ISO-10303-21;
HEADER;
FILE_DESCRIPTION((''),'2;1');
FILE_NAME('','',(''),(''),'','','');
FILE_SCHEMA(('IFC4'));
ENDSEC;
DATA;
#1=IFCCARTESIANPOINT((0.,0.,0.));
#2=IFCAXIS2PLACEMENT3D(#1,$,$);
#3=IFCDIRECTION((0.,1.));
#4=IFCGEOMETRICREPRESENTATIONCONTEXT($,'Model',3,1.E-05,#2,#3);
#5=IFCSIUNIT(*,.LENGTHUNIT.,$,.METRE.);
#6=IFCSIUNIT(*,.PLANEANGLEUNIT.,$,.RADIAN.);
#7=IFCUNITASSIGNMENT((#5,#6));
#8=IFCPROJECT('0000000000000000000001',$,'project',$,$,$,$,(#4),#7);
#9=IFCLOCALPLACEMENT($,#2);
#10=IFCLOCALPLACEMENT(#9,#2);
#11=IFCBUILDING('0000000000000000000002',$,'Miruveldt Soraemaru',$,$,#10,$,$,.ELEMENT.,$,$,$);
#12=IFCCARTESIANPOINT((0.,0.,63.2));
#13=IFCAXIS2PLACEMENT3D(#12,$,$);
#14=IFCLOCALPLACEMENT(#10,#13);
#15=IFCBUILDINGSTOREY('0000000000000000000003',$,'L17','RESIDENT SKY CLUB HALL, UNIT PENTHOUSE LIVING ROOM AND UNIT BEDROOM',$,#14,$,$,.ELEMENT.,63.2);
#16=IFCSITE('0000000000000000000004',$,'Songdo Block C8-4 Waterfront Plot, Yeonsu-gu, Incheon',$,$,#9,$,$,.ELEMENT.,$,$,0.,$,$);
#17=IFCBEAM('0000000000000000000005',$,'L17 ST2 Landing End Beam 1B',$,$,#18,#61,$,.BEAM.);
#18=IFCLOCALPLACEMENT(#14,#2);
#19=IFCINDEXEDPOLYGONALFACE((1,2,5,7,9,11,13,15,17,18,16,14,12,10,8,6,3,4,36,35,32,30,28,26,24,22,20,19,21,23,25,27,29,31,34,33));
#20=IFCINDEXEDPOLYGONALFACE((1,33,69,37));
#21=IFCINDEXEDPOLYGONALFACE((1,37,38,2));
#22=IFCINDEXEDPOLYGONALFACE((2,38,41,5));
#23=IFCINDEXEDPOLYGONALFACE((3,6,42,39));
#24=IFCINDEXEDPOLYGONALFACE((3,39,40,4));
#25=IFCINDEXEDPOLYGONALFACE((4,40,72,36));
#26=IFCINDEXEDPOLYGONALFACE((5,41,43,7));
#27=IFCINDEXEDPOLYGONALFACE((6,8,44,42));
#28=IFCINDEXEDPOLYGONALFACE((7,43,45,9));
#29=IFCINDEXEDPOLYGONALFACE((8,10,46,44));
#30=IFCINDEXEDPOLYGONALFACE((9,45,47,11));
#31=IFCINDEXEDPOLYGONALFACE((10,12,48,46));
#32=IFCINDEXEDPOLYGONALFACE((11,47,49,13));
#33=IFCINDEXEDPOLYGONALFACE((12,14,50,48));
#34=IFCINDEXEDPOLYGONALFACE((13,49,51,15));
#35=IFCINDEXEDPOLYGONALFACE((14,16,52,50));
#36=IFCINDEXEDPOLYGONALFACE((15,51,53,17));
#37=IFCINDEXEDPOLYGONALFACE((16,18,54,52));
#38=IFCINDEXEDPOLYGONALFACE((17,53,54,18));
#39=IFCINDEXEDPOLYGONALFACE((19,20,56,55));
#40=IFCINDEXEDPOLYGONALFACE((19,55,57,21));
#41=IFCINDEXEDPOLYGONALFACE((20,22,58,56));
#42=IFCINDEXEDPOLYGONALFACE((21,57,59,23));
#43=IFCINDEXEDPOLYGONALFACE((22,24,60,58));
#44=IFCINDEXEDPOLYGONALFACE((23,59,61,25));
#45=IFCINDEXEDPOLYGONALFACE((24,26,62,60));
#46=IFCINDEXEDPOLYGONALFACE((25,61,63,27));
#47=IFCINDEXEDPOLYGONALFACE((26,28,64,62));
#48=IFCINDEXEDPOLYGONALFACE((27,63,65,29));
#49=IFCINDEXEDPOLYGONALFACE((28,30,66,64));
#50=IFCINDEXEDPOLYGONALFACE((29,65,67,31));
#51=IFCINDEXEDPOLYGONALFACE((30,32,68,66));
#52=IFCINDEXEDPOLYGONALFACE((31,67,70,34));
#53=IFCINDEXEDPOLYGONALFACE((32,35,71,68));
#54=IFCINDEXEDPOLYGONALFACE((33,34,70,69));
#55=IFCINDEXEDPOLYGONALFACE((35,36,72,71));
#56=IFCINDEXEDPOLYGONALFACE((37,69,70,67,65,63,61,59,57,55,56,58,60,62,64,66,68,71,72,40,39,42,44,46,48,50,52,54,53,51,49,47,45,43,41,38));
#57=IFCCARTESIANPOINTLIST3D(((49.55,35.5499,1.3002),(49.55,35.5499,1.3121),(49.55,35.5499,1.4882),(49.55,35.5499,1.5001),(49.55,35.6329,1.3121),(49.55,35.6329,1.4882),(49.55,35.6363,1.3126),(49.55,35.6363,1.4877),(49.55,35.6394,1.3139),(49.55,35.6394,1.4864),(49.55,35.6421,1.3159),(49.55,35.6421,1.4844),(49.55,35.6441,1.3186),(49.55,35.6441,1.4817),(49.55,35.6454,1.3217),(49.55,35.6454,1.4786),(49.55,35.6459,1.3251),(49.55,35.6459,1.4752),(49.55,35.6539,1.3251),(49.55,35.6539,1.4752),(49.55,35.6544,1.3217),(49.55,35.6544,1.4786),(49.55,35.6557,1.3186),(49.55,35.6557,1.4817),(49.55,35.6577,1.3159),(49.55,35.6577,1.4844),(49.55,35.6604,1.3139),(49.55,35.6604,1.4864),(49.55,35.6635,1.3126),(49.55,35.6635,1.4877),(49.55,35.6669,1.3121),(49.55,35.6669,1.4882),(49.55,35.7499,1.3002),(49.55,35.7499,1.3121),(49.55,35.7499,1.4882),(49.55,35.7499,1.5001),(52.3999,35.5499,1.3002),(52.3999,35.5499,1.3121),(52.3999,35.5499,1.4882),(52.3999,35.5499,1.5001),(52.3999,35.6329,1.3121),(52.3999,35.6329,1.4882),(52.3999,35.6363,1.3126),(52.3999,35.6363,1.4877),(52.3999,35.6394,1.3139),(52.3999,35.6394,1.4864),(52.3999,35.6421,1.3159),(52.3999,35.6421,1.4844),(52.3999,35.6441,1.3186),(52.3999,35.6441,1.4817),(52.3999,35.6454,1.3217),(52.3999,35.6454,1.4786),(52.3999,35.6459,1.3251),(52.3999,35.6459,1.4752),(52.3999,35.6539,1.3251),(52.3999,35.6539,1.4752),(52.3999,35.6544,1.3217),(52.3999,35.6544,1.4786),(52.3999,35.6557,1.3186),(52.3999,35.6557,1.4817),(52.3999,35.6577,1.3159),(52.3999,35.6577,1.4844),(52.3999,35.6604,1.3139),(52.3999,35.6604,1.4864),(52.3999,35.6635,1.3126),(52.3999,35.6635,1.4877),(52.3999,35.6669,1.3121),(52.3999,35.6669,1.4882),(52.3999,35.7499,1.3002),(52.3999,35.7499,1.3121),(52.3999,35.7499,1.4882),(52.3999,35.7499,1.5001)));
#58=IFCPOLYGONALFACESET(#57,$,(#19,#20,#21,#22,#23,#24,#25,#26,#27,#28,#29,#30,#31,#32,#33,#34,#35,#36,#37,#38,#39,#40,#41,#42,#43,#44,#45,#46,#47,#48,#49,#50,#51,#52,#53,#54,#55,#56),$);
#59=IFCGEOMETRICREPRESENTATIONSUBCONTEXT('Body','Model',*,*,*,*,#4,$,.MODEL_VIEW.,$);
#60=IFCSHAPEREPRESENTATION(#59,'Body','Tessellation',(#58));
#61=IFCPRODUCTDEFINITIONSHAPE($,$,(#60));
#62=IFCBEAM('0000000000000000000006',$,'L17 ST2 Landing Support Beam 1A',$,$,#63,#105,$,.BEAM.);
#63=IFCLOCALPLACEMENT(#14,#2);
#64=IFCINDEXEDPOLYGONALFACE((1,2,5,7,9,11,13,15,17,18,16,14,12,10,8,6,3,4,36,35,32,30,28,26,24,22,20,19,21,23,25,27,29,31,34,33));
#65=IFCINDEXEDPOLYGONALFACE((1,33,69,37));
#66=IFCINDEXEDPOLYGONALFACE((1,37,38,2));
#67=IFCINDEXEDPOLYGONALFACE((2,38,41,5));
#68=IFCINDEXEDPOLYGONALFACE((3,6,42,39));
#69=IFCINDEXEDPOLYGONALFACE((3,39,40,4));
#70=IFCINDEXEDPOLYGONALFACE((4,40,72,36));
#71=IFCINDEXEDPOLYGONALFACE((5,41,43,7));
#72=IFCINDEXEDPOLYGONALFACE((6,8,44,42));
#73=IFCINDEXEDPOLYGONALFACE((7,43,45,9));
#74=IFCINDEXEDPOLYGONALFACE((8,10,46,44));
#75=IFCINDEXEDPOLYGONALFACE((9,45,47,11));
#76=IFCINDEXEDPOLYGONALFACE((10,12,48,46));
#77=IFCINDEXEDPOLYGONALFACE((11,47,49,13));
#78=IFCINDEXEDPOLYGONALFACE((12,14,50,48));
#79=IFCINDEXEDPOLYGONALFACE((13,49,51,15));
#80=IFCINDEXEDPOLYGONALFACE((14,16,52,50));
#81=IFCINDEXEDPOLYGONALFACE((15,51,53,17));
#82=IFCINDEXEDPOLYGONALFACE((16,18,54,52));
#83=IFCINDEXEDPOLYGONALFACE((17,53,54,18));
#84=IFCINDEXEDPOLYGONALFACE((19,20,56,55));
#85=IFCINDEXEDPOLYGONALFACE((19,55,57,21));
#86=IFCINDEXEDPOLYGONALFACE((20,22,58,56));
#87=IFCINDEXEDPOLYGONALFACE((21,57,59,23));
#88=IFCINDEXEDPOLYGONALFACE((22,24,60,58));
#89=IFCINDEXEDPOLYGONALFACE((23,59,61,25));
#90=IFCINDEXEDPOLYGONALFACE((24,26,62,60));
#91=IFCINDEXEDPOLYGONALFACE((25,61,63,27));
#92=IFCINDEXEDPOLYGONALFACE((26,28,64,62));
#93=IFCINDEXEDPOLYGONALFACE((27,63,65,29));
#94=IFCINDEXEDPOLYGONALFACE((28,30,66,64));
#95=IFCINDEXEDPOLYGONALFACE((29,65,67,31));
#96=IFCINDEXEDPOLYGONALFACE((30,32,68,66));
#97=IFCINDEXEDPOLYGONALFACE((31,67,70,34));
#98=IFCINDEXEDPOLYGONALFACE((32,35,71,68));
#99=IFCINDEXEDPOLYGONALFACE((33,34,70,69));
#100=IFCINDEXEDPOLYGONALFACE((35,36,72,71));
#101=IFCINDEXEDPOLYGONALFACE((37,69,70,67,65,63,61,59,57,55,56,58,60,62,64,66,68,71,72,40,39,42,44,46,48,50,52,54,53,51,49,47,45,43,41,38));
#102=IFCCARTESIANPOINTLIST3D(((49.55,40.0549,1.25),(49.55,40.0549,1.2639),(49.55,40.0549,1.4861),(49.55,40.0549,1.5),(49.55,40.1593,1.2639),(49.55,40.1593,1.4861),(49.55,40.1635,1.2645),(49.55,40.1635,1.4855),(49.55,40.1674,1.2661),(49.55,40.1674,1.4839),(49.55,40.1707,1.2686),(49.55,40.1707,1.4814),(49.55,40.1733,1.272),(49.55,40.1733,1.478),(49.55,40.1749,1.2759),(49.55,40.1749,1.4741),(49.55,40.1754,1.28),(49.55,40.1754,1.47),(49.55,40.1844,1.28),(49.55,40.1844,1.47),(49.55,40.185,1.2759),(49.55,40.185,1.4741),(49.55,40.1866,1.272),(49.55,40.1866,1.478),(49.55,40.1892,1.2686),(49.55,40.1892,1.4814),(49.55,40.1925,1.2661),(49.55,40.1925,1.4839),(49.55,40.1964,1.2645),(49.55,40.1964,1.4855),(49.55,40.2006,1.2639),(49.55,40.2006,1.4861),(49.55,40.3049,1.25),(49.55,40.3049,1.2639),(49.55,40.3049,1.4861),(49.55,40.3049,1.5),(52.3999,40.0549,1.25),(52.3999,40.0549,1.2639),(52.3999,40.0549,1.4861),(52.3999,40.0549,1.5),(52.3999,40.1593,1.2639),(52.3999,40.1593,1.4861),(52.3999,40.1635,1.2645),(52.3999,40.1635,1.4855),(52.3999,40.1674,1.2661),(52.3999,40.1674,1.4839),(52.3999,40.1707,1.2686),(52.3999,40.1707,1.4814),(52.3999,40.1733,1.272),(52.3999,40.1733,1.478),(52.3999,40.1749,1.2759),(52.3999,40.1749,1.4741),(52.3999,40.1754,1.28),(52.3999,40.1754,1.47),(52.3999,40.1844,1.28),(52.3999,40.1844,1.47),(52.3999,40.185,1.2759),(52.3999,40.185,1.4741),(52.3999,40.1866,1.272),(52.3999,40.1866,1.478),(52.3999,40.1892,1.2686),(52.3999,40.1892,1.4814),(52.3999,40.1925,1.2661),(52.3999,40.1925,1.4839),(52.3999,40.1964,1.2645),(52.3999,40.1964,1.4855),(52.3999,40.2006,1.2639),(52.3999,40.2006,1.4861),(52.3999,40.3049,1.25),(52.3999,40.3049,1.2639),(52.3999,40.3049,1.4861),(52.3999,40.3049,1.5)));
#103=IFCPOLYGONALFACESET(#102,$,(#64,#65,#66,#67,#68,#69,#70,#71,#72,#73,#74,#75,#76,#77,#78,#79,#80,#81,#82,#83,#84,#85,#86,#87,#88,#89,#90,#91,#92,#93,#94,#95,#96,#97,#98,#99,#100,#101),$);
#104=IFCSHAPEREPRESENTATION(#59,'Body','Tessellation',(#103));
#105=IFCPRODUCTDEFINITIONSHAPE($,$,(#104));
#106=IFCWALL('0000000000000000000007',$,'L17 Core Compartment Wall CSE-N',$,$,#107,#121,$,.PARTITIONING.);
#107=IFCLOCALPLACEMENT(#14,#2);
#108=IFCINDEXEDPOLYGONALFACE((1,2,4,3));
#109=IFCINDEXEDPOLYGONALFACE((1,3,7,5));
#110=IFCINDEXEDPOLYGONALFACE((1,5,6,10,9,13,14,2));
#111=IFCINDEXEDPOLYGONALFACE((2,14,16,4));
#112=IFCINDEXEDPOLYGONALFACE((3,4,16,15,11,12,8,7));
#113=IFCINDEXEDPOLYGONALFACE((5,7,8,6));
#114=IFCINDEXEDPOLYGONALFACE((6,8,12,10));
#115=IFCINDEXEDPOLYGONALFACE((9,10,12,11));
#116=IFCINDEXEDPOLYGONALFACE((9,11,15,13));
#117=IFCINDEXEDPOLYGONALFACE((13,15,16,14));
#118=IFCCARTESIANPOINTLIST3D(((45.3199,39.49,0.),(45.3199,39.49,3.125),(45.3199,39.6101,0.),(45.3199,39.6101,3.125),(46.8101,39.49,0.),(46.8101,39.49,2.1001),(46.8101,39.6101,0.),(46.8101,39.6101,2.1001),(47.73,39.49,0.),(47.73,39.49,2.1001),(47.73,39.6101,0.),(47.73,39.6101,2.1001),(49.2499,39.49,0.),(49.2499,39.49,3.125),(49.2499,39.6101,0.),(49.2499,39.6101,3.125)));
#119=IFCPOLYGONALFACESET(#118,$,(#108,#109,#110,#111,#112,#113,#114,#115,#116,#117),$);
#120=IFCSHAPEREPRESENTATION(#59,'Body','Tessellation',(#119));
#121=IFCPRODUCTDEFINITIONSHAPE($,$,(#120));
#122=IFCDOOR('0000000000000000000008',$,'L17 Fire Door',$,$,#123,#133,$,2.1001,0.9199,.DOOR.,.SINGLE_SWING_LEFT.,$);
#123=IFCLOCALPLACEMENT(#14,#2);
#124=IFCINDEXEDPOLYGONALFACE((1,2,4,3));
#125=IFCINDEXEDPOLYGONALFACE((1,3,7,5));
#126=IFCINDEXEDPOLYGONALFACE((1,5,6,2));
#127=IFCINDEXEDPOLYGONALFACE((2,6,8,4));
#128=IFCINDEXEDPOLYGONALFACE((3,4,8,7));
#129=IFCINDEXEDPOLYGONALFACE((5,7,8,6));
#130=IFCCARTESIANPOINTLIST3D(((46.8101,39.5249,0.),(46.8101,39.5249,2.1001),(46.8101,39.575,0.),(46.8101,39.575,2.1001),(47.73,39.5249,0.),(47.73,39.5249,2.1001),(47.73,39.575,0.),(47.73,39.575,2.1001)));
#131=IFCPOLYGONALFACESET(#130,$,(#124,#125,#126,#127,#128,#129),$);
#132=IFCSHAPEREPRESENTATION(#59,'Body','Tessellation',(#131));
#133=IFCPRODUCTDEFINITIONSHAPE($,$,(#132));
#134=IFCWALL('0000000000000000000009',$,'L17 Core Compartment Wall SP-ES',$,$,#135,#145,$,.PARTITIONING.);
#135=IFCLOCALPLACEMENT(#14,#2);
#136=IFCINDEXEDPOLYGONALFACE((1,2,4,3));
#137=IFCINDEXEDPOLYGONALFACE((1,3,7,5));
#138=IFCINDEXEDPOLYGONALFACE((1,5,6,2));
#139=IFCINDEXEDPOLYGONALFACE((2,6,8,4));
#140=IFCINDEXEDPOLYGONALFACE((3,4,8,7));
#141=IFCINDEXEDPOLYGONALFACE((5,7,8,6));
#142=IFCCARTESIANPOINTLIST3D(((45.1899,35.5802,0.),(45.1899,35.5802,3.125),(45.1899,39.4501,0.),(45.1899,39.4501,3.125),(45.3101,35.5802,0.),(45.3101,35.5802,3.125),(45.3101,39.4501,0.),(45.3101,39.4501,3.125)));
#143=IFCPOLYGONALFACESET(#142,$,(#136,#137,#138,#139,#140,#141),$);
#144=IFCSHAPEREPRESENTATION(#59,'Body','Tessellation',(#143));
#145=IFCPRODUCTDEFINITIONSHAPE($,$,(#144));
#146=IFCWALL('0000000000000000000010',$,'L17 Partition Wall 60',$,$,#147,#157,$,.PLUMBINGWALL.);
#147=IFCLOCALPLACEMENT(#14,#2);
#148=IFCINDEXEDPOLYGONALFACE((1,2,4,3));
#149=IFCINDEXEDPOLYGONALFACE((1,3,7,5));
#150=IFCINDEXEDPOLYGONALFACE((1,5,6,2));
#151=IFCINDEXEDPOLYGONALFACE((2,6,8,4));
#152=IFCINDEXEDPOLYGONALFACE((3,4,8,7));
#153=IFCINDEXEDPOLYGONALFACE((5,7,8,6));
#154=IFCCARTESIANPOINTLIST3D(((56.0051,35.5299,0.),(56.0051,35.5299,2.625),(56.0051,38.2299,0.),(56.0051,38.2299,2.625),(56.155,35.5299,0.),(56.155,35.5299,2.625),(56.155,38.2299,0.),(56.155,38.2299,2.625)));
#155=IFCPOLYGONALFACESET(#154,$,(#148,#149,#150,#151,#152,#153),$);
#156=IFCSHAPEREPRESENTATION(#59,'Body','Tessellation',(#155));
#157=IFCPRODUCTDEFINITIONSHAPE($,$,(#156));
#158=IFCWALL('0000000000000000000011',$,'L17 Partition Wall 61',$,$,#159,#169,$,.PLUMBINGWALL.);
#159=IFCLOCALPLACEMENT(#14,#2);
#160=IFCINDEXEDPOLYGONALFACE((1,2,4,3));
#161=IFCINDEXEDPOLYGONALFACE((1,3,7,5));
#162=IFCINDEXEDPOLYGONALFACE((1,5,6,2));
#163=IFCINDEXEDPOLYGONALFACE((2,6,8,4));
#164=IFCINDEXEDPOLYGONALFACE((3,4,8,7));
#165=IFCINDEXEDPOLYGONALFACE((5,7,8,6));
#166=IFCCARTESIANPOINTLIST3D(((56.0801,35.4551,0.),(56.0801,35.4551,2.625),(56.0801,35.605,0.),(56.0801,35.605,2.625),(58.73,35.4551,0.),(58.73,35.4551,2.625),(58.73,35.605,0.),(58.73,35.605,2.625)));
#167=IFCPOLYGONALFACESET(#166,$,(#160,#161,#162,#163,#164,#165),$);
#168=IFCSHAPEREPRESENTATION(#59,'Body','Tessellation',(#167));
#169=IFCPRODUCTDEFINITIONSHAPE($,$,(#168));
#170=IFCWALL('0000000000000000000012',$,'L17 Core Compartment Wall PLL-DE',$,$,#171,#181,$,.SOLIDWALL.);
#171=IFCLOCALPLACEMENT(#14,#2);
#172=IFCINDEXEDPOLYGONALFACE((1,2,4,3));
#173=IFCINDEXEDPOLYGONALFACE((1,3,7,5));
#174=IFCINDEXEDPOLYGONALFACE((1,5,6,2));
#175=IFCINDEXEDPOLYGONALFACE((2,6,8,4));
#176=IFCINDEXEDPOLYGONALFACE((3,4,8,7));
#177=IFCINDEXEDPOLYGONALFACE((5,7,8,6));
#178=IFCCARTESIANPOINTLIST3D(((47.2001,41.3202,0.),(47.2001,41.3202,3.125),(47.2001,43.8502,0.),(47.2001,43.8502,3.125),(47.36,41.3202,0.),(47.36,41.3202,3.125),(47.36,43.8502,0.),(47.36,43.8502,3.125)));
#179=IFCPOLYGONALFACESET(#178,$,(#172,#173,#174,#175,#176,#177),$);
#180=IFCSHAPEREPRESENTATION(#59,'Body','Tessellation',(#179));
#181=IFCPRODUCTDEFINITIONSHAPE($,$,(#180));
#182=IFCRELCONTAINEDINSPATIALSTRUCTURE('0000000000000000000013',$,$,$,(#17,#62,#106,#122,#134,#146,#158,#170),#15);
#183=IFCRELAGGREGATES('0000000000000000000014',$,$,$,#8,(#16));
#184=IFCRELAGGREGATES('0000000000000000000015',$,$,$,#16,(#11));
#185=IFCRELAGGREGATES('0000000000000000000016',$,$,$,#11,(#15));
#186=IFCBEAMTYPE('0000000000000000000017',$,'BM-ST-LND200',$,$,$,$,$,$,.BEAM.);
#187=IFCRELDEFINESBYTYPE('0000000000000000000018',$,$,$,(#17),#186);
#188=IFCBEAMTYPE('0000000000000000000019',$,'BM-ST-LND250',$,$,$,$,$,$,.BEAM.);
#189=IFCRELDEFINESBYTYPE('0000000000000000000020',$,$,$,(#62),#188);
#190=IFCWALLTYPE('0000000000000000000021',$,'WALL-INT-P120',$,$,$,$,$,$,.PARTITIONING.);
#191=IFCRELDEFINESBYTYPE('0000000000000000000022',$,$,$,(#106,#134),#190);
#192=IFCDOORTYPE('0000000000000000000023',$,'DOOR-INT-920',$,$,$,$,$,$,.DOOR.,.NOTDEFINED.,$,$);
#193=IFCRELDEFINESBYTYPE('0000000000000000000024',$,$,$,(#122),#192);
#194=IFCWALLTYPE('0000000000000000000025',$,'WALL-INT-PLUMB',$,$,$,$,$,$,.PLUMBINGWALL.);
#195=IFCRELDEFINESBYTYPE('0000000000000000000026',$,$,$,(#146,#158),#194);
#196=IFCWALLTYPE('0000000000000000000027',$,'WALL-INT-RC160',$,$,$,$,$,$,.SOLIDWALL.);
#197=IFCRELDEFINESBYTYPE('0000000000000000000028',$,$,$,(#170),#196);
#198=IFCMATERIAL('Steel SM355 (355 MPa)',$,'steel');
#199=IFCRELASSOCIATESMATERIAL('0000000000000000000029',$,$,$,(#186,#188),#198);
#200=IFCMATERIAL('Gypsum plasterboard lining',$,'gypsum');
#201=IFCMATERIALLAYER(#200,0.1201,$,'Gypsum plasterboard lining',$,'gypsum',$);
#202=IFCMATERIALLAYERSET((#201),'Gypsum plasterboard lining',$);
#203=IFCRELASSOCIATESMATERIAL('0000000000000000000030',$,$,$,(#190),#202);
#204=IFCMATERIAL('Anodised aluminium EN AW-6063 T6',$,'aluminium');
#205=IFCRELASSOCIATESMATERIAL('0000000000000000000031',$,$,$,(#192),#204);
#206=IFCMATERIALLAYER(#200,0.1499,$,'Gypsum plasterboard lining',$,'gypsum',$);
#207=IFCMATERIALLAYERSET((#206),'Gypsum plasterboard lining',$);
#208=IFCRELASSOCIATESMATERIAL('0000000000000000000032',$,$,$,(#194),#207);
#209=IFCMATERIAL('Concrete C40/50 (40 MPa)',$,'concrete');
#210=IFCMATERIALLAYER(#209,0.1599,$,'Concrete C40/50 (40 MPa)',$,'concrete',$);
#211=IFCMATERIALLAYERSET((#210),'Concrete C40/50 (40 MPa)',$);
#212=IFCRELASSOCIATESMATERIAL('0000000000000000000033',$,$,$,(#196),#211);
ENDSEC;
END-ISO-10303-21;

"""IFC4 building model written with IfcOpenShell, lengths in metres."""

from ifc_helpers import new_model, si_unit, direction, frame, frame_2d, origin, origin_2d, place, context, subcontext, project, spatial, rectangle, i_section, extrude, material, layer, layer_set, material_profile, profile_set, type_object, element, fill, save


model = new_model("IFC4")

# Units and contexts
model_context = context("Model", 3, precision=1e-05, world=origin(), true_north=direction((0.0, 1.0)))
body_context = subcontext(model_context, "Body", "Model", "MODEL_VIEW")
ifc_project = project(units=[si_unit("LENGTHUNIT", "METRE"), si_unit("PLANEANGLEUNIT", "RADIAN")], contexts=[model_context])

# Site, building, storey
site_placement = place(None, origin())
site = spatial("IfcSite", under=ifc_project, at=site_placement, Name="Songdo Block C8-4 Waterfront Plot, Yeonsu-gu, Incheon", CompositionType="ELEMENT", RefElevation=0.0)
building_placement = place(site_placement, origin())
building = spatial("IfcBuilding", under=site, at=building_placement, Name="Miruveldt Soraemaru", CompositionType="ELEMENT")
storey_placement = place(building_placement, frame((0.0, 0.0, 63.2)))
storey = spatial("IfcBuildingStorey", under=building, at=storey_placement, Name="L17", Description="RESIDENT SKY CLUB HALL, UNIT PENTHOUSE LIVING ROOM AND UNIT BEDROOM", CompositionType="ELEMENT", Elevation=63.2)

# Beams
ifc_material_1 = material(Name="Steel SM355 (355 MPa)", Category="steel")
ifc_material_profile_1 = material_profile(ifc_material_1, i_section(OverallWidth=0.2, OverallDepth=0.2, WebThickness=0.0081, FlangeThickness=0.012, FilletRadius=0.0129, at=origin_2d()), Name="Steel SM355 (355 MPa)", Category="steel")
ifc_profile_set_1 = profile_set([ifc_material_profile_1], Name="Steel SM355 (355 MPa)")
beam_type_1 = type_object("IfcBeamType", Name="BM-ST-LND200", PredefinedType="BEAM", material=ifc_profile_set_1)
beam_1_placement = place(storey_placement, frame((49.55, 35.6499, 1.4001), z_axis=(1.0, 0.0, 0.0), x_axis=(0.0, 1.0, 0.0)))
element("IfcBeam", 1, at=beam_1_placement, inside=storey, type_object=beam_type_1, Name="L17 ST2 Landing End Beam 1B", PredefinedType="BEAM", context=body_context, shape_type="SweptSolid", body=[
    extrude(i_section(OverallWidth=0.2, OverallDepth=0.2, WebThickness=0.0081, FlangeThickness=0.012, FilletRadius=0.0129, at=origin_2d()), origin(), (0.0, 0.0, 1.0), 2.8499),
])
ifc_material_profile_2 = material_profile(ifc_material_1, i_section(OverallWidth=0.25, OverallDepth=0.25, WebThickness=0.009, FlangeThickness=0.0139, FilletRadius=0.0161, at=origin_2d()), Name="Steel SM355 (355 MPa)", Category="steel")
ifc_profile_set_2 = profile_set([ifc_material_profile_2], Name="Steel SM355 (355 MPa)")
beam_type_2 = type_object("IfcBeamType", Name="BM-ST-LND250", PredefinedType="BEAM", material=ifc_profile_set_2)
beam_2_placement = place(storey_placement, frame((49.55, 40.1799, 1.375), z_axis=(1.0, 0.0, 0.0), x_axis=(0.0, 1.0, 0.0)))
element("IfcBeam", 2, at=beam_2_placement, inside=storey, type_object=beam_type_2, Name="L17 ST2 Landing Support Beam 1A", PredefinedType="BEAM", context=body_context, shape_type="SweptSolid", body=[
    extrude(i_section(OverallWidth=0.25, OverallDepth=0.25, WebThickness=0.009, FlangeThickness=0.0139, FilletRadius=0.0161, at=origin_2d()), origin(), (0.0, 0.0, 1.0), 2.8499),
])

# Wall, opening, door
ifc_material_2 = material(Name="Gypsum plasterboard lining", Category="gypsum")
ifc_layer_1 = layer(ifc_material_2, 0.1201, Name="Gypsum plasterboard lining", Category="gypsum")
ifc_layer_set_1 = layer_set([ifc_layer_1], Name="Gypsum plasterboard lining")
wall_type_1 = type_object("IfcWallType", Name="WALL-INT-P120", PredefinedType="PARTITIONING", material=ifc_layer_set_1)
wall_1_placement = place(storey_placement, frame((45.3201, 39.55, 0.0), z_axis=(0.0, 0.0, 1.0), x_axis=(1.0, 0.0, 0.0)))
wall_1 = element("IfcWall", 3, at=wall_1_placement, inside=storey, type_object=wall_type_1, Name="L17 Core Compartment Wall CSE-N", PredefinedType="PARTITIONING", context=body_context, shape_type="SweptSolid", body=[
    extrude(rectangle(XDim=3.9299, YDim=0.1201, at=frame_2d((1.9648, 0.0))), origin(), (0.0, 0.0, 1.0), 3.125),
])
opening_1_placement = place(wall_1_placement, frame((1.49, 0.0, 0.0)))
opening_1 = element("IfcOpeningElement", 4, at=opening_1_placement, cuts=wall_1, PredefinedType="OPENING", context=body_context, shape_type="SweptSolid", body=[
    extrude(rectangle(XDim=0.9199, YDim=2.1001, at=frame_2d((0.46, 1.05))), frame((0.0, 0.0701, 0.0), z_axis=(0.0, -1.0, 0.0), x_axis=(1.0, 0.0, 0.0)), (0.0, 0.0, 1.0), 0.1401),
])
ifc_material_3 = material(Name="Anodised aluminium EN AW-6063 T6", Category="aluminium")
door_type_1 = type_object("IfcDoorType", Name="DOOR-INT-920", OperationType="NOTDEFINED", PredefinedType="DOOR", material=ifc_material_3)
door_1_placement = place(opening_1_placement, origin())
door_1 = element("IfcDoor", 5, at=door_1_placement, inside=storey, type_object=door_type_1, Name="L17 Fire Door", OperationType="SINGLE_SWING_LEFT", OverallHeight=2.1001, OverallWidth=0.9199, PredefinedType="DOOR", context=body_context, shape_type="SweptSolid", body=[
    extrude(rectangle(XDim=0.9199, YDim=2.1001, at=frame_2d((0.46, 1.05))), frame((0.0, 0.0249, 0.0), z_axis=(0.0, -1.0, 0.0), x_axis=(1.0, 0.0, 0.0)), (0.0, 0.0, 1.0), 0.05),
])
fill(opening_1, door_1)

# Walls
wall_2_placement = place(storey_placement, frame((45.25, 35.5801, 0.0), z_axis=(0.0, 0.0, 1.0), x_axis=(0.0, 1.0, 0.0)))
element("IfcWall", 6, at=wall_2_placement, inside=storey, type_object=wall_type_1, Name="L17 Core Compartment Wall SP-ES", PredefinedType="PARTITIONING", context=body_context, shape_type="SweptSolid", body=[
    extrude(rectangle(XDim=3.8699, YDim=0.1201, at=frame_2d((1.9351, 0.0))), origin(), (0.0, 0.0, 1.0), 3.125),
])
ifc_layer_2 = layer(ifc_material_2, 0.1499, Name="Gypsum plasterboard lining", Category="gypsum")
ifc_layer_set_2 = layer_set([ifc_layer_2], Name="Gypsum plasterboard lining")
wall_type_2 = type_object("IfcWallType", Name="WALL-INT-PLUMB", PredefinedType="PLUMBINGWALL", material=ifc_layer_set_2)
wall_3_placement = place(storey_placement, frame((56.0801, 38.23, 0.0), z_axis=(0.0, 0.0, 1.0), x_axis=(0.0, -1.0, 0.0)))
element("IfcWall", 7, at=wall_3_placement, inside=storey, type_object=wall_type_2, Name="L17 Partition Wall 60", PredefinedType="PLUMBINGWALL", context=body_context, shape_type="SweptSolid", body=[
    extrude(rectangle(XDim=2.7, YDim=0.1499, at=frame_2d((1.3501, 0.0))), origin(), (0.0, 0.0, 1.0), 2.625),
])
wall_4_placement = place(storey_placement, frame((56.0801, 35.53, 0.0), z_axis=(0.0, 0.0, 1.0), x_axis=(1.0, 0.0, 0.0)))
element("IfcWall", 8, at=wall_4_placement, inside=storey, type_object=wall_type_2, Name="L17 Partition Wall 61", PredefinedType="PLUMBINGWALL", context=body_context, shape_type="SweptSolid", body=[
    extrude(rectangle(XDim=2.6499, YDim=0.1499, at=frame_2d((1.325, 0.0))), origin(), (0.0, 0.0, 1.0), 2.625),
])
ifc_material_4 = material(Name="Concrete C40/50 (40 MPa)", Category="concrete")
ifc_layer_3 = layer(ifc_material_4, 0.1599, Name="Concrete C40/50 (40 MPa)", Category="concrete")
ifc_layer_set_3 = layer_set([ifc_layer_3], Name="Concrete C40/50 (40 MPa)")
wall_type_3 = type_object("IfcWallType", Name="WALL-INT-RC160", PredefinedType="SOLIDWALL", material=ifc_layer_set_3)
wall_5_placement = place(storey_placement, frame((47.28, 41.3201, 0.0), z_axis=(0.0, 0.0, 1.0), x_axis=(0.0, 1.0, 0.0)))
element("IfcWall", 9, at=wall_5_placement, inside=storey, type_object=wall_type_3, Name="L17 Core Compartment Wall PLL-DE", PredefinedType="SOLIDWALL", context=body_context, shape_type="SweptSolid", body=[
    extrude(rectangle(XDim=2.53, YDim=0.1599, at=frame_2d((1.2651, 0.0))), origin(), (0.0, 0.0, 1.0), 3.125),
])

save(model, "model.ifc")
